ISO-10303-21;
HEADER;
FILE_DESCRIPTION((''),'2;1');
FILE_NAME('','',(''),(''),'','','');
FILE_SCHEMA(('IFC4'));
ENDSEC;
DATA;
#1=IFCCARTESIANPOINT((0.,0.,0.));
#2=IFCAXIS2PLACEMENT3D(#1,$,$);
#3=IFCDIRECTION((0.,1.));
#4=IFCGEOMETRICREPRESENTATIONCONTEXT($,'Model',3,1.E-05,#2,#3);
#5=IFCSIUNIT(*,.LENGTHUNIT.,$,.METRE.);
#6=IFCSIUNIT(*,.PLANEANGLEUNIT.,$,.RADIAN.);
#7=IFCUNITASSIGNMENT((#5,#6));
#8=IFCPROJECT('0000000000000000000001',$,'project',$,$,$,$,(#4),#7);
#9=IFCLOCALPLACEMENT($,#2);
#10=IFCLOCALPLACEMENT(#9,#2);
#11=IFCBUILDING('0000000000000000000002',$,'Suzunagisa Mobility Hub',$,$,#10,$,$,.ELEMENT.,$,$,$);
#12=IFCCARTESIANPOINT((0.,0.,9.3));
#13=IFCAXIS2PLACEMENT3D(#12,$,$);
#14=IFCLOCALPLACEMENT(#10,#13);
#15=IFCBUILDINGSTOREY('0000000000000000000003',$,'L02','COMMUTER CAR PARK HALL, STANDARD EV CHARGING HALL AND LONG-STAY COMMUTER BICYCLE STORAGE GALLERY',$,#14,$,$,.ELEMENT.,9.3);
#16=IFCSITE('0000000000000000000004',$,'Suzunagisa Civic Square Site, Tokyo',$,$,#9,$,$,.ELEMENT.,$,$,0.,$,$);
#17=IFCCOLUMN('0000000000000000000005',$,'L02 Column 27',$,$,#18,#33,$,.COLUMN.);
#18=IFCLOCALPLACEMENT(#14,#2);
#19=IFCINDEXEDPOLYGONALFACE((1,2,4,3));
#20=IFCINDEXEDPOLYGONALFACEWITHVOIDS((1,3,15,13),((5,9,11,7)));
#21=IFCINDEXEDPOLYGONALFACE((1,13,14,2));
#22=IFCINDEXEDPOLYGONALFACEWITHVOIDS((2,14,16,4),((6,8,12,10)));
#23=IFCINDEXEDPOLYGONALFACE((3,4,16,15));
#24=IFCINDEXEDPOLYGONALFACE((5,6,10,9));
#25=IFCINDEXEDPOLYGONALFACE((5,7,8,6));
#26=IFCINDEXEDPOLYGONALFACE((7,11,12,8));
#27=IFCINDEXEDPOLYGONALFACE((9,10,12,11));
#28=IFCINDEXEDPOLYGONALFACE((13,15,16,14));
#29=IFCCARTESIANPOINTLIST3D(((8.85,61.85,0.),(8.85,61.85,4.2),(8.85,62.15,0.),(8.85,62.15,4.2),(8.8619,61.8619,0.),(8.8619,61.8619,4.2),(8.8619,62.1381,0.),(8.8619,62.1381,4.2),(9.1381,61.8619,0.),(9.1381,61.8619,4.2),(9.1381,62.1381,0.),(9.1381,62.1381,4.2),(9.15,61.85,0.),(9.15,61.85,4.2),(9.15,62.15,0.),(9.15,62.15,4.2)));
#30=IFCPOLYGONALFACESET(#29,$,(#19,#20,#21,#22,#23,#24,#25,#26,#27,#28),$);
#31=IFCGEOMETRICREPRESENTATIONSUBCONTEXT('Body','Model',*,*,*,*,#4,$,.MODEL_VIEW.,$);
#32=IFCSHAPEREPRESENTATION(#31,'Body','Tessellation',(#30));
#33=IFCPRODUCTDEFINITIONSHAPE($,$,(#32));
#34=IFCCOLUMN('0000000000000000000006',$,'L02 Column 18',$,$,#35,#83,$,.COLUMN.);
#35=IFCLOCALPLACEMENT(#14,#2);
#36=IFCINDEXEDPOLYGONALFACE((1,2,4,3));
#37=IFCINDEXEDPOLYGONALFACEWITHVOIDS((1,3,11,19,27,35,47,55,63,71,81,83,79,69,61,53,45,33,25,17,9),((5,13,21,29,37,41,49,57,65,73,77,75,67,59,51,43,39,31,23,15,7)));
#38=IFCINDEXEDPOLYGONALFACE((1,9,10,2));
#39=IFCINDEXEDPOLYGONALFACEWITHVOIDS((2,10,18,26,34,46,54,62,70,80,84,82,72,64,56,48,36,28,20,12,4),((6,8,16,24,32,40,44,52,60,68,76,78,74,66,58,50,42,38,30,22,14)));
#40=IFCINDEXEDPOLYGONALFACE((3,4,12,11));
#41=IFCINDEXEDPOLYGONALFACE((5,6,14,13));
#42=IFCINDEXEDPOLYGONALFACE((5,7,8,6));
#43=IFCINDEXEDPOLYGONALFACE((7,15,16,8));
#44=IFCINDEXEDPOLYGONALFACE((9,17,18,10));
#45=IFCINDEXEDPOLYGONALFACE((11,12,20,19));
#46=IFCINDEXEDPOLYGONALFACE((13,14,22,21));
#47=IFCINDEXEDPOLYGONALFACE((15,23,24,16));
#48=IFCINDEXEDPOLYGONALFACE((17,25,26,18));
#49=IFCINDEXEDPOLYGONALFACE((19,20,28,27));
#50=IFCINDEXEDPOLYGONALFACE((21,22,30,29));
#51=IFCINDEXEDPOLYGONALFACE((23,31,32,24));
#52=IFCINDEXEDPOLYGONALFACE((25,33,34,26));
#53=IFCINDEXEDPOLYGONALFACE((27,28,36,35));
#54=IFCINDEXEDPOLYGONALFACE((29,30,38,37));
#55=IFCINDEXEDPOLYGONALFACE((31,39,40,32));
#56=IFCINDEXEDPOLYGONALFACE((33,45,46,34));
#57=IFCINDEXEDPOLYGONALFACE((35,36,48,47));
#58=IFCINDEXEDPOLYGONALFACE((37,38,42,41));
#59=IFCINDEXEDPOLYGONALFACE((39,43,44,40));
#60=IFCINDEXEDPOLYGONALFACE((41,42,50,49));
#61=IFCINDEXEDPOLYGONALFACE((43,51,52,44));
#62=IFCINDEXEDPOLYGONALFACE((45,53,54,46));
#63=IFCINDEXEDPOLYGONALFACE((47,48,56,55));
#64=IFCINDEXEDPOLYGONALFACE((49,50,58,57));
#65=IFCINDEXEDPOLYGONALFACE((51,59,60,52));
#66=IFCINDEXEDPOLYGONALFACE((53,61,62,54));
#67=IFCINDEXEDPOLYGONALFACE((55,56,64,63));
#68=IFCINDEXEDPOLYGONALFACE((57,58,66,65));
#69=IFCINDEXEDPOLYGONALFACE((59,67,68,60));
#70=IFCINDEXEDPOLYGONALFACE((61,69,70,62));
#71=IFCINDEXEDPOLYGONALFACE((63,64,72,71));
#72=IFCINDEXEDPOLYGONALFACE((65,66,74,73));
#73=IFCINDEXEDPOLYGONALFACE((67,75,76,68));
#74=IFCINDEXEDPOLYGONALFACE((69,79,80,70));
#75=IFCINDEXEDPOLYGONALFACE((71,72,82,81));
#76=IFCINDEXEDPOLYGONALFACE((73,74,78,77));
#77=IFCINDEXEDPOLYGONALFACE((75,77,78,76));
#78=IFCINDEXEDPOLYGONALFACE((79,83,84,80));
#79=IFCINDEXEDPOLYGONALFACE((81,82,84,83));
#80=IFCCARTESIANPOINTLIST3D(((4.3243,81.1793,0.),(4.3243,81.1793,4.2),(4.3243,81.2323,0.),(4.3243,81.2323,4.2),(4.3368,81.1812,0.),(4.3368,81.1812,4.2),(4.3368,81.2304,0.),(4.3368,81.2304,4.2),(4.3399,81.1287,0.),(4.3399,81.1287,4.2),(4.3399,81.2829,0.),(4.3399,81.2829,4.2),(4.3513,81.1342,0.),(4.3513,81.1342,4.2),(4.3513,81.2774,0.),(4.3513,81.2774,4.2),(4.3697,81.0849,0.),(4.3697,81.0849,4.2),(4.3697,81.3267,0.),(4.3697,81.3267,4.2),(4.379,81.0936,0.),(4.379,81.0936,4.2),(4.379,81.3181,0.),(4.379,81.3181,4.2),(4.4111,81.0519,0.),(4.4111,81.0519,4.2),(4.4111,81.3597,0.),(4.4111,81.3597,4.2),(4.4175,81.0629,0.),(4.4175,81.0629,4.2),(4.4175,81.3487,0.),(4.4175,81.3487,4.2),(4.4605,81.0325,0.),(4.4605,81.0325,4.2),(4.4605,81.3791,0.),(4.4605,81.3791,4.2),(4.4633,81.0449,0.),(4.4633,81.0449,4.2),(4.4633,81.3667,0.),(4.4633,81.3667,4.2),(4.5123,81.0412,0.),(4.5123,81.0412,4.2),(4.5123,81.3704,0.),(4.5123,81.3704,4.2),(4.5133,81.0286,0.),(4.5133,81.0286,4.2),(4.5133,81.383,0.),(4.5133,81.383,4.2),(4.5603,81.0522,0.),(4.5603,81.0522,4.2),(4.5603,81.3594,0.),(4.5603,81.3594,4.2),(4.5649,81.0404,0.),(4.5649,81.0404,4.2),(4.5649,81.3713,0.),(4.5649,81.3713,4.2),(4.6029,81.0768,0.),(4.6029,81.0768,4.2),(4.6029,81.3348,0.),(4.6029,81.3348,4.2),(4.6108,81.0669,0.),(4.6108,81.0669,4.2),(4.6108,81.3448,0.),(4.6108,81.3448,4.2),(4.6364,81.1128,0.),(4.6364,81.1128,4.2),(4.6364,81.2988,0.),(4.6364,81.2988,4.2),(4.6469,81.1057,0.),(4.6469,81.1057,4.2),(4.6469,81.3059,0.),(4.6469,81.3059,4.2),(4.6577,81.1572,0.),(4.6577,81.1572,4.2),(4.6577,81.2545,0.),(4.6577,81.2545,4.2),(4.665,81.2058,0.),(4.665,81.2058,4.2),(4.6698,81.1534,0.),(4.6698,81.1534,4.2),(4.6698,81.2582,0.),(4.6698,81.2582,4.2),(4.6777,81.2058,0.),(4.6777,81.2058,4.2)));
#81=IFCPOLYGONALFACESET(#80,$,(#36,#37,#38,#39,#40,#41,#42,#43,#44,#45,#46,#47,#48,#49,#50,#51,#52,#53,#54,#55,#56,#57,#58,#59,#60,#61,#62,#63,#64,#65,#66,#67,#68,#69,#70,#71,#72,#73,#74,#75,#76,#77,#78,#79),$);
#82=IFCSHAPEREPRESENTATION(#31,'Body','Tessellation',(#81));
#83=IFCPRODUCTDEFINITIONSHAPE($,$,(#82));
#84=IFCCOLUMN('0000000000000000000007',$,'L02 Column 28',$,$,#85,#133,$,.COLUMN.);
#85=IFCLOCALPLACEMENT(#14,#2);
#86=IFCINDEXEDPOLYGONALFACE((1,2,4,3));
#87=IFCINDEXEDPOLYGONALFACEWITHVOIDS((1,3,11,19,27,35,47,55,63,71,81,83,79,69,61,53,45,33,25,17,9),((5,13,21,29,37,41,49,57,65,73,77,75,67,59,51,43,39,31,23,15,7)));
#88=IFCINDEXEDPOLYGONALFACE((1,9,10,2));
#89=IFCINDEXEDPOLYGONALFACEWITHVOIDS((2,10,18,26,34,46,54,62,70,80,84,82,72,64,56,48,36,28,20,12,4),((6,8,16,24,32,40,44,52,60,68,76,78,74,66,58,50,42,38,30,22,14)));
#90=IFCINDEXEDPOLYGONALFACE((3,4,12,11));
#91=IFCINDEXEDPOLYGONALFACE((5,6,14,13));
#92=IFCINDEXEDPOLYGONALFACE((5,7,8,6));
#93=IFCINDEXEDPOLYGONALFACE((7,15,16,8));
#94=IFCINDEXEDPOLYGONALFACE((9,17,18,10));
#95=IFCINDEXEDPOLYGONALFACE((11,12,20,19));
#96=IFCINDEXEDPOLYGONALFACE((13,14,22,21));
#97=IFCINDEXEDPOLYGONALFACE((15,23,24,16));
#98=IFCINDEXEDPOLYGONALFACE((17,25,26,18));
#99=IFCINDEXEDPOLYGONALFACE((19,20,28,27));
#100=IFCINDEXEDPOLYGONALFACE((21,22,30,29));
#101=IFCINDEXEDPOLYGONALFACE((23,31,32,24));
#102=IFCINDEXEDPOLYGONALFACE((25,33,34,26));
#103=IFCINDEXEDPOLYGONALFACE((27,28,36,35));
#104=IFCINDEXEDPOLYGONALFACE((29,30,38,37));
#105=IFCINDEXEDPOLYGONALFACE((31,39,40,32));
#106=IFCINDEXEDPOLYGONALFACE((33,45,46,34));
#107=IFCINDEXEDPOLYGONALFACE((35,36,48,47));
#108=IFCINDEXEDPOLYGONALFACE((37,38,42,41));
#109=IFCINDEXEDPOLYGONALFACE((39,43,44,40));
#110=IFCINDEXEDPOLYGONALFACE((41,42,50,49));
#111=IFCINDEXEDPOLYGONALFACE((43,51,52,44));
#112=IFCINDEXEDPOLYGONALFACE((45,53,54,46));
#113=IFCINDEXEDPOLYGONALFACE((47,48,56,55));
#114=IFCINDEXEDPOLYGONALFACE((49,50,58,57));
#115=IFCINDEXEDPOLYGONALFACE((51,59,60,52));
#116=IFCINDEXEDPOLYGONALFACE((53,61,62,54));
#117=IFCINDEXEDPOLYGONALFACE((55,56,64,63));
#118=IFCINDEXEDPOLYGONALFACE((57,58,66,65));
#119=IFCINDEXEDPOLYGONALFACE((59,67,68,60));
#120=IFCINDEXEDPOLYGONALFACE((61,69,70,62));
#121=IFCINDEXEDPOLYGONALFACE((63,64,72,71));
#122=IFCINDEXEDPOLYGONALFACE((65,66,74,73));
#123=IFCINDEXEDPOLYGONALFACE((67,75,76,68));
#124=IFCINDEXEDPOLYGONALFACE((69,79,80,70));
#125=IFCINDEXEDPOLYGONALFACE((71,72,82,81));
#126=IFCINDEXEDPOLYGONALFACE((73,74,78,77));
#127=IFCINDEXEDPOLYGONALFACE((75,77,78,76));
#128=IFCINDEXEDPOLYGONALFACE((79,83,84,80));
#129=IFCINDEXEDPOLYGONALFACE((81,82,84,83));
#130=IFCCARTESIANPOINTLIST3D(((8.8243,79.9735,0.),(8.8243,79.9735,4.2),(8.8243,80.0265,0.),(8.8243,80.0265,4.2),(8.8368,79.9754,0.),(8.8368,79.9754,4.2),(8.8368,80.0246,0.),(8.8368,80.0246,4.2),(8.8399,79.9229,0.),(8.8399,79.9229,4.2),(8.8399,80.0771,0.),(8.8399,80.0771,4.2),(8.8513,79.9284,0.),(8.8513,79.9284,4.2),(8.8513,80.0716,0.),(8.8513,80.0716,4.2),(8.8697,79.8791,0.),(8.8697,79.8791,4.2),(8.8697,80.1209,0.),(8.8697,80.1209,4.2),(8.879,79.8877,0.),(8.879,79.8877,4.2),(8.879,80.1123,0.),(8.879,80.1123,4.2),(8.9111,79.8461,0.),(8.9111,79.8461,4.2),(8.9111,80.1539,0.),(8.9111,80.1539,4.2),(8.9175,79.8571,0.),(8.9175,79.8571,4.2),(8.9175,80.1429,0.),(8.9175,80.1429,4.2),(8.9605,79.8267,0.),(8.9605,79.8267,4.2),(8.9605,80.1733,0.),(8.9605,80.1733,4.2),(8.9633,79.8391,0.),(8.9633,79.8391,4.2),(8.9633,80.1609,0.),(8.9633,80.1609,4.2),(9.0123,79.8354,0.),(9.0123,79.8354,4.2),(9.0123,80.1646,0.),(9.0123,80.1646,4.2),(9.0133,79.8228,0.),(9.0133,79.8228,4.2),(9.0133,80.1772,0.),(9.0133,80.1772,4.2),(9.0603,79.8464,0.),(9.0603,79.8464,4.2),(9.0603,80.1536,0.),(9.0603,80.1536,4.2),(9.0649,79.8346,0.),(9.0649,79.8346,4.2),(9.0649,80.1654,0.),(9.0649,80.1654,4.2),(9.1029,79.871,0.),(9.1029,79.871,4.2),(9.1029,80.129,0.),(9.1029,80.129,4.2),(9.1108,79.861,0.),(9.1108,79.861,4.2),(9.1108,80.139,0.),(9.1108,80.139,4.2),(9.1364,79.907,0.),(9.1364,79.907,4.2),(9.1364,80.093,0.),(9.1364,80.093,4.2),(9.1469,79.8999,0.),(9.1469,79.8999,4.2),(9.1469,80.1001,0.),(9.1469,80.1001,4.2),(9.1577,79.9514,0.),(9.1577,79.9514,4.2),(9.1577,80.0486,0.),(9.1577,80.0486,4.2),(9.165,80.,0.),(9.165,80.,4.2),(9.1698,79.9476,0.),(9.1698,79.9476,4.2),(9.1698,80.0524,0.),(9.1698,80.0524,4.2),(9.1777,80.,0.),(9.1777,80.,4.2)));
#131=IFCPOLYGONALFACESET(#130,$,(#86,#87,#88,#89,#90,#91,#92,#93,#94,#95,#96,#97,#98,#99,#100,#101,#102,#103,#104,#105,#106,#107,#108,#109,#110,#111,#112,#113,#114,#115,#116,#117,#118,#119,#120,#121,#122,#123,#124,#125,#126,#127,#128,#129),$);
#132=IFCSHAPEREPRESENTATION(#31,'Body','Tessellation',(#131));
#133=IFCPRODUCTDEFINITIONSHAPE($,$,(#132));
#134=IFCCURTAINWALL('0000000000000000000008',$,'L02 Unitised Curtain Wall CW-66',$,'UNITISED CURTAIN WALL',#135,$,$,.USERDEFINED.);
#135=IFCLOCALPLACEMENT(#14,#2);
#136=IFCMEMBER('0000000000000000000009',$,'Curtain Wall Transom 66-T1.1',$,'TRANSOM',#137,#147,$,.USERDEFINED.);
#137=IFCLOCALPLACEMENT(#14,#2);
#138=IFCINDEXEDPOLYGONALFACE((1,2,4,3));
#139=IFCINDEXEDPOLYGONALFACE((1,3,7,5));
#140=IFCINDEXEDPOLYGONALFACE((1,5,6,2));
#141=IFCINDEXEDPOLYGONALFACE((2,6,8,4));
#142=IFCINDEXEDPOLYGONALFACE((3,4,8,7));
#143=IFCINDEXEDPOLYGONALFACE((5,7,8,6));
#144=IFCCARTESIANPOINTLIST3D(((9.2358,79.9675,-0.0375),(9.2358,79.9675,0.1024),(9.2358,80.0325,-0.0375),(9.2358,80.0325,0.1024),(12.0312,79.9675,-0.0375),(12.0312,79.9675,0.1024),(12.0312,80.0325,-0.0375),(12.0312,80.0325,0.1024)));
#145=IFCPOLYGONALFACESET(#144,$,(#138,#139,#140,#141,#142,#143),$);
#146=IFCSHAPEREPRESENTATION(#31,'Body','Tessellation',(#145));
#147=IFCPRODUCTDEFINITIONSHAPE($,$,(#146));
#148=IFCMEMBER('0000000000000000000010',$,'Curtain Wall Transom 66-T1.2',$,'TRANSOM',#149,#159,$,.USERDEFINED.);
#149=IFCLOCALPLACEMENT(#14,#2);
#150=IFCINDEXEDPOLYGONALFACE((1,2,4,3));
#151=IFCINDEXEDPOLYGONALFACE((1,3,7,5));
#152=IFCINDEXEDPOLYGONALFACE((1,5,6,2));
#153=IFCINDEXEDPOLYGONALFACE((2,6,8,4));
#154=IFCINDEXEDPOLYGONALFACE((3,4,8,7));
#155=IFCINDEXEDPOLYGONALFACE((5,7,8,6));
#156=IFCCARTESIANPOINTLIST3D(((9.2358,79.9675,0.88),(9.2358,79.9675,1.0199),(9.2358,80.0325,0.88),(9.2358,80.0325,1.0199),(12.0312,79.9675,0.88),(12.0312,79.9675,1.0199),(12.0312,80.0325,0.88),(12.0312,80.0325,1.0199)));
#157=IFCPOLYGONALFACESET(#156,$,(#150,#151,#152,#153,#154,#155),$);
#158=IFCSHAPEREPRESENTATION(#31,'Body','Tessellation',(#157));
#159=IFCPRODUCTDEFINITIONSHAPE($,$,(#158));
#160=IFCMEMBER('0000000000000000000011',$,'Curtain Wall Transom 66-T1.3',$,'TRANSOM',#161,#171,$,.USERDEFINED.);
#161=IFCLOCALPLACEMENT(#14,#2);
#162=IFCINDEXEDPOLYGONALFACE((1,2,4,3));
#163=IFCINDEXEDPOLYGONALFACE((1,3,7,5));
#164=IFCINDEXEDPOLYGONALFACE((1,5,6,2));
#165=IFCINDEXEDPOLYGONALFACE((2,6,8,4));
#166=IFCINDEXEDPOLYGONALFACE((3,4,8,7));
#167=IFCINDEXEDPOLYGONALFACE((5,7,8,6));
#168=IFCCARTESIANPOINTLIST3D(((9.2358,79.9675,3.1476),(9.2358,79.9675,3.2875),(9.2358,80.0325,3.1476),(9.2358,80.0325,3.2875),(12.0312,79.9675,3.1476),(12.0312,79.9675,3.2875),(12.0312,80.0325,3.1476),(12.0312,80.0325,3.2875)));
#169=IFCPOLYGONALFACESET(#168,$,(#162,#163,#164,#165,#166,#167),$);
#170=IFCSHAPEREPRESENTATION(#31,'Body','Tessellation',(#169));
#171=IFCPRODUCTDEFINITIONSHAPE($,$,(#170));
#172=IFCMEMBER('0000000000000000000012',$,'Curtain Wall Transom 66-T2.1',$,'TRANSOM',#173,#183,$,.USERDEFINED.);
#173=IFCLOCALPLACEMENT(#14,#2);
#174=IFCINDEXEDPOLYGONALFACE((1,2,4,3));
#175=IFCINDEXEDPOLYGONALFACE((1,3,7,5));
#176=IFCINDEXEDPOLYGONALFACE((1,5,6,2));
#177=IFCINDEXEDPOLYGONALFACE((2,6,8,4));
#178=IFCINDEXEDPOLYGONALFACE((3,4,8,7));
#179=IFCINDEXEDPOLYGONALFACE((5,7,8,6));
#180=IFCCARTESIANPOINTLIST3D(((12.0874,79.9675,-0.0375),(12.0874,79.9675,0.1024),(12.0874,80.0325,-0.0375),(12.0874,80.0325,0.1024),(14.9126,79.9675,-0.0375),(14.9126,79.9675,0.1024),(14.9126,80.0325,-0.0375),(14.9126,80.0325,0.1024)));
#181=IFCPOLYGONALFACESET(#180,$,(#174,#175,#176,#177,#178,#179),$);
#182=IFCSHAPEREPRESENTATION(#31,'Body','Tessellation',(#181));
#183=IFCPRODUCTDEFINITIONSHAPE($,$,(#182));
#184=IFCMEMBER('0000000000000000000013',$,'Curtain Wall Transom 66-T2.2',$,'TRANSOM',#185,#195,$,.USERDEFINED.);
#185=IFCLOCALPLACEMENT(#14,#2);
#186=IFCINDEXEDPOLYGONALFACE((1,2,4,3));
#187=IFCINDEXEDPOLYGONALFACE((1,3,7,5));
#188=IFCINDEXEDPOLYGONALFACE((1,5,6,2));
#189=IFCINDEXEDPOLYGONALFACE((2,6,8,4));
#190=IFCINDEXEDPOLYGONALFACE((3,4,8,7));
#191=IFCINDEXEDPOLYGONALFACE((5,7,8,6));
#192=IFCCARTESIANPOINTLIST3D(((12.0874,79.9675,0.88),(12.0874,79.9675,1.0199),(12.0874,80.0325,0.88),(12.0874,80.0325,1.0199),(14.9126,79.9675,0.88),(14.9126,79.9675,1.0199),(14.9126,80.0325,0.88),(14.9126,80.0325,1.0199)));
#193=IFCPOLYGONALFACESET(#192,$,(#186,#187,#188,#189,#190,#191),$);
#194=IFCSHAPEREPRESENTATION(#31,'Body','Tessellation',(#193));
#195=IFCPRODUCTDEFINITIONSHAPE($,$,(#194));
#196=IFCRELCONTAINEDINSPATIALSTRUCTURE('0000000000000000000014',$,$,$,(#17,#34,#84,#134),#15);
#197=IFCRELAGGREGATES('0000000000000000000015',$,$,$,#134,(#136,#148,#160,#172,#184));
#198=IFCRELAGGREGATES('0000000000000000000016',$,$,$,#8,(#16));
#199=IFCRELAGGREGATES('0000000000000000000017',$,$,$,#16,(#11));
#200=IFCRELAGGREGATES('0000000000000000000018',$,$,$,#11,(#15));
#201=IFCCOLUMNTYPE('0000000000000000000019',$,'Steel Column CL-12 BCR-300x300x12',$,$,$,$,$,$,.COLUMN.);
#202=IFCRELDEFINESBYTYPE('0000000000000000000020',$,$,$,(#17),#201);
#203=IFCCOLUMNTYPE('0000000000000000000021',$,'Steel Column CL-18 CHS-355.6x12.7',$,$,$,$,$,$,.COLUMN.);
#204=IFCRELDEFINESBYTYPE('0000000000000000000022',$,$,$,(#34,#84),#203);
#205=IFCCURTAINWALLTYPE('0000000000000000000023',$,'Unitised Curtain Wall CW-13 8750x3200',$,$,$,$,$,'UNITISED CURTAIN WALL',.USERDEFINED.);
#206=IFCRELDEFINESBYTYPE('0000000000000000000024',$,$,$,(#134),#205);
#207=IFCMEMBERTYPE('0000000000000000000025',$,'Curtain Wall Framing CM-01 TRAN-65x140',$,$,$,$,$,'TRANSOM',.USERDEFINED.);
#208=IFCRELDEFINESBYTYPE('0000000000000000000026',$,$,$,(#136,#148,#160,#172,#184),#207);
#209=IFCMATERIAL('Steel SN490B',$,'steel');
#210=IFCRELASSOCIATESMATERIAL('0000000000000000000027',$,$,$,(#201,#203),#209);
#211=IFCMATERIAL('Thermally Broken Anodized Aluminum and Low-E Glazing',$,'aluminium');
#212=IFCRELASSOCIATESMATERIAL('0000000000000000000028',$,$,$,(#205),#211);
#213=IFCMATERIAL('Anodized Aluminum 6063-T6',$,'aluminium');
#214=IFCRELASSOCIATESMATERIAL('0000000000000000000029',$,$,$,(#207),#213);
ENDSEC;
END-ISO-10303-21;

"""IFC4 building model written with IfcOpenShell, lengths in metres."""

from ifc_helpers import new_model, si_unit, direction, frame, origin, origin_2d, place, context, subcontext, project, spatial, rectangle, hollow_rectangle, hollow_circle, extrude, material, material_profile, profile_set, type_object, element, aggregate, save


model = new_model("IFC4")

# Units and contexts
model_context = context("Model", 3, precision=1e-05, world=origin(), true_north=direction((0.0, 1.0)))
body_context = subcontext(model_context, "Body", "Model", "MODEL_VIEW")
ifc_project = project(units=[si_unit("LENGTHUNIT", "METRE"), si_unit("PLANEANGLEUNIT", "RADIAN")], contexts=[model_context])

# Site, building, storey
site_placement = place(None, origin())
site = spatial("IfcSite", under=ifc_project, at=site_placement, Name="Suzunagisa Civic Square Site, Tokyo", CompositionType="ELEMENT", RefElevation=0.0)
building_placement = place(site_placement, origin())
building = spatial("IfcBuilding", under=site, at=building_placement, Name="Suzunagisa Mobility Hub", CompositionType="ELEMENT")
storey_placement = place(building_placement, frame((0.0, 0.0, 9.3)))
storey = spatial("IfcBuildingStorey", under=building, at=storey_placement, Name="L02", Description="COMMUTER CAR PARK HALL, STANDARD EV CHARGING HALL AND LONG-STAY COMMUTER BICYCLE STORAGE GALLERY", CompositionType="ELEMENT", Elevation=9.3)

# Columns
ifc_material_1 = material(Name="Steel SN490B", Category="steel")
ifc_material_profile_1 = material_profile(ifc_material_1, hollow_rectangle(XDim=0.3, YDim=0.3, WallThickness=0.012, at=origin_2d()), Name="BCR-300x300x12")
ifc_profile_set_1 = profile_set([ifc_material_profile_1], Name="Steel SN490B")
column_type_1 = type_object("IfcColumnType", Name="Steel Column CL-12 BCR-300x300x12", PredefinedType="COLUMN", material=ifc_profile_set_1)
column_placement = place(storey_placement, frame((9.0, 62.0, 0.0), z_axis=(0.0, 0.0, 1.0), x_axis=(1.0, 0.0, 0.0)))
element("IfcColumn", 1, at=column_placement, inside=storey, type_object=column_type_1, Name="L02 Column 27", PredefinedType="COLUMN", context=body_context, shape_type="SweptSolid", body=[
    extrude(hollow_rectangle(XDim=0.3, YDim=0.3, WallThickness=0.012, at=origin_2d()), origin(), (0.0, 0.0, 1.0), 4.2),
])
ifc_material_profile_2 = material_profile(ifc_material_1, hollow_circle(Radius=0.1777, WallThickness=0.0127, at=origin_2d()), Name="CHS-355.6x12.7")
ifc_profile_set_2 = profile_set([ifc_material_profile_2], Name="Steel SN490B")
column_type_2 = type_object("IfcColumnType", Name="Steel Column CL-18 CHS-355.6x12.7", PredefinedType="COLUMN", material=ifc_profile_set_2)
for number, where, z_axis, x_axis, name in (
    (2, (4.5, 81.2058, 0.0), (0.0, 0.0, 1.0), (1.0, 0.0, 0.0), "L02 Column 18"),
    (3, (9.0, 80.0, 0.0), (0.0, 0.0, 1.0), (1.0, 0.0, 0.0), "L02 Column 28"),
):
    element("IfcColumn", number, at=place(storey_placement, frame(where, z_axis=z_axis, x_axis=x_axis)), inside=storey, type_object=column_type_2, Name=name, PredefinedType="COLUMN", context=body_context, shape_type="SweptSolid", body=[
        extrude(hollow_circle(Radius=0.1777, WallThickness=0.0127, at=origin_2d()), origin(), (0.0, 0.0, 1.0), 4.2),
    ])

# Curtain wall, members
ifc_material_2 = material(Name="Thermally Broken Anodized Aluminum and Low-E Glazing", Category="aluminium")
curtain_wall_type_1 = type_object("IfcCurtainWallType", Name="Unitised Curtain Wall CW-13 8750x3200", ElementType="UNITISED CURTAIN WALL", PredefinedType="USERDEFINED", material=ifc_material_2)
curtain_wall_1_placement = place(storey_placement, origin())
curtain_wall_1 = element("IfcCurtainWall", 4, at=curtain_wall_1_placement, inside=storey, type_object=curtain_wall_type_1, Name="L02 Unitised Curtain Wall CW-66", ObjectType="UNITISED CURTAIN WALL", PredefinedType="USERDEFINED")
ifc_material_3 = material(Name="Anodized Aluminum 6063-T6", Category="aluminium")
ifc_material_profile_3 = material_profile(ifc_material_3, rectangle(XDim=0.0649, YDim=0.1399, at=origin_2d()), Name="TRAN-65x140")
ifc_profile_set_3 = profile_set([ifc_material_profile_3], Name="Anodized Aluminum 6063-T6")
member_type_1 = type_object("IfcMemberType", Name="Curtain Wall Framing CM-01 TRAN-65x140", ElementType="TRANSOM", PredefinedType="USERDEFINED", material=ifc_profile_set_3)
member_1_placement = place(storey_placement, frame((9.2358, 80.0, 0.0325), z_axis=(1.0, 0.0, 0.0), x_axis=(0.0, 1.0, 0.0)))
member_1 = element("IfcMember", 5, at=member_1_placement, type_object=member_type_1, Name="Curtain Wall Transom 66-T1.1", ObjectType="TRANSOM", PredefinedType="USERDEFINED", context=body_context, shape_type="SweptSolid", body=[
    extrude(rectangle(XDim=0.0649, YDim=0.1399, at=origin_2d()), origin(), (0.0, 0.0, 1.0), 2.7954),
])
member_2_placement = place(storey_placement, frame((9.2358, 80.0, 0.95), z_axis=(1.0, 0.0, 0.0), x_axis=(0.0, 1.0, 0.0)))
member_2 = element("IfcMember", 6, at=member_2_placement, type_object=member_type_1, Name="Curtain Wall Transom 66-T1.2", ObjectType="TRANSOM", PredefinedType="USERDEFINED", context=body_context, shape_type="SweptSolid", body=[
    extrude(rectangle(XDim=0.0649, YDim=0.1399, at=origin_2d()), origin(), (0.0, 0.0, 1.0), 2.7954),
])
member_3_placement = place(storey_placement, frame((9.2358, 80.0, 3.2175), z_axis=(1.0, 0.0, 0.0), x_axis=(0.0, 1.0, 0.0)))
member_3 = element("IfcMember", 7, at=member_3_placement, type_object=member_type_1, Name="Curtain Wall Transom 66-T1.3", ObjectType="TRANSOM", PredefinedType="USERDEFINED", context=body_context, shape_type="SweptSolid", body=[
    extrude(rectangle(XDim=0.0649, YDim=0.1399, at=origin_2d()), origin(), (0.0, 0.0, 1.0), 2.7954),
])
member_4_placement = place(storey_placement, frame((12.0874, 80.0, 0.0325), z_axis=(1.0, 0.0, 0.0), x_axis=(0.0, 1.0, 0.0)))
member_4 = element("IfcMember", 8, at=member_4_placement, type_object=member_type_1, Name="Curtain Wall Transom 66-T2.1", ObjectType="TRANSOM", PredefinedType="USERDEFINED", context=body_context, shape_type="SweptSolid", body=[
    extrude(rectangle(XDim=0.0649, YDim=0.1399, at=origin_2d()), origin(), (0.0, 0.0, 1.0), 2.8252),
])
member_5_placement = place(storey_placement, frame((12.0874, 80.0, 0.95), z_axis=(1.0, 0.0, 0.0), x_axis=(0.0, 1.0, 0.0)))
member_5 = element("IfcMember", 9, at=member_5_placement, type_object=member_type_1, Name="Curtain Wall Transom 66-T2.2", ObjectType="TRANSOM", PredefinedType="USERDEFINED", context=body_context, shape_type="SweptSolid", body=[
    extrude(rectangle(XDim=0.0649, YDim=0.1399, at=origin_2d()), origin(), (0.0, 0.0, 1.0), 2.8252),
])

aggregate(curtain_wall_1, [member_1, member_2, member_3, member_4, member_5])

save(model, "model.ifc")
